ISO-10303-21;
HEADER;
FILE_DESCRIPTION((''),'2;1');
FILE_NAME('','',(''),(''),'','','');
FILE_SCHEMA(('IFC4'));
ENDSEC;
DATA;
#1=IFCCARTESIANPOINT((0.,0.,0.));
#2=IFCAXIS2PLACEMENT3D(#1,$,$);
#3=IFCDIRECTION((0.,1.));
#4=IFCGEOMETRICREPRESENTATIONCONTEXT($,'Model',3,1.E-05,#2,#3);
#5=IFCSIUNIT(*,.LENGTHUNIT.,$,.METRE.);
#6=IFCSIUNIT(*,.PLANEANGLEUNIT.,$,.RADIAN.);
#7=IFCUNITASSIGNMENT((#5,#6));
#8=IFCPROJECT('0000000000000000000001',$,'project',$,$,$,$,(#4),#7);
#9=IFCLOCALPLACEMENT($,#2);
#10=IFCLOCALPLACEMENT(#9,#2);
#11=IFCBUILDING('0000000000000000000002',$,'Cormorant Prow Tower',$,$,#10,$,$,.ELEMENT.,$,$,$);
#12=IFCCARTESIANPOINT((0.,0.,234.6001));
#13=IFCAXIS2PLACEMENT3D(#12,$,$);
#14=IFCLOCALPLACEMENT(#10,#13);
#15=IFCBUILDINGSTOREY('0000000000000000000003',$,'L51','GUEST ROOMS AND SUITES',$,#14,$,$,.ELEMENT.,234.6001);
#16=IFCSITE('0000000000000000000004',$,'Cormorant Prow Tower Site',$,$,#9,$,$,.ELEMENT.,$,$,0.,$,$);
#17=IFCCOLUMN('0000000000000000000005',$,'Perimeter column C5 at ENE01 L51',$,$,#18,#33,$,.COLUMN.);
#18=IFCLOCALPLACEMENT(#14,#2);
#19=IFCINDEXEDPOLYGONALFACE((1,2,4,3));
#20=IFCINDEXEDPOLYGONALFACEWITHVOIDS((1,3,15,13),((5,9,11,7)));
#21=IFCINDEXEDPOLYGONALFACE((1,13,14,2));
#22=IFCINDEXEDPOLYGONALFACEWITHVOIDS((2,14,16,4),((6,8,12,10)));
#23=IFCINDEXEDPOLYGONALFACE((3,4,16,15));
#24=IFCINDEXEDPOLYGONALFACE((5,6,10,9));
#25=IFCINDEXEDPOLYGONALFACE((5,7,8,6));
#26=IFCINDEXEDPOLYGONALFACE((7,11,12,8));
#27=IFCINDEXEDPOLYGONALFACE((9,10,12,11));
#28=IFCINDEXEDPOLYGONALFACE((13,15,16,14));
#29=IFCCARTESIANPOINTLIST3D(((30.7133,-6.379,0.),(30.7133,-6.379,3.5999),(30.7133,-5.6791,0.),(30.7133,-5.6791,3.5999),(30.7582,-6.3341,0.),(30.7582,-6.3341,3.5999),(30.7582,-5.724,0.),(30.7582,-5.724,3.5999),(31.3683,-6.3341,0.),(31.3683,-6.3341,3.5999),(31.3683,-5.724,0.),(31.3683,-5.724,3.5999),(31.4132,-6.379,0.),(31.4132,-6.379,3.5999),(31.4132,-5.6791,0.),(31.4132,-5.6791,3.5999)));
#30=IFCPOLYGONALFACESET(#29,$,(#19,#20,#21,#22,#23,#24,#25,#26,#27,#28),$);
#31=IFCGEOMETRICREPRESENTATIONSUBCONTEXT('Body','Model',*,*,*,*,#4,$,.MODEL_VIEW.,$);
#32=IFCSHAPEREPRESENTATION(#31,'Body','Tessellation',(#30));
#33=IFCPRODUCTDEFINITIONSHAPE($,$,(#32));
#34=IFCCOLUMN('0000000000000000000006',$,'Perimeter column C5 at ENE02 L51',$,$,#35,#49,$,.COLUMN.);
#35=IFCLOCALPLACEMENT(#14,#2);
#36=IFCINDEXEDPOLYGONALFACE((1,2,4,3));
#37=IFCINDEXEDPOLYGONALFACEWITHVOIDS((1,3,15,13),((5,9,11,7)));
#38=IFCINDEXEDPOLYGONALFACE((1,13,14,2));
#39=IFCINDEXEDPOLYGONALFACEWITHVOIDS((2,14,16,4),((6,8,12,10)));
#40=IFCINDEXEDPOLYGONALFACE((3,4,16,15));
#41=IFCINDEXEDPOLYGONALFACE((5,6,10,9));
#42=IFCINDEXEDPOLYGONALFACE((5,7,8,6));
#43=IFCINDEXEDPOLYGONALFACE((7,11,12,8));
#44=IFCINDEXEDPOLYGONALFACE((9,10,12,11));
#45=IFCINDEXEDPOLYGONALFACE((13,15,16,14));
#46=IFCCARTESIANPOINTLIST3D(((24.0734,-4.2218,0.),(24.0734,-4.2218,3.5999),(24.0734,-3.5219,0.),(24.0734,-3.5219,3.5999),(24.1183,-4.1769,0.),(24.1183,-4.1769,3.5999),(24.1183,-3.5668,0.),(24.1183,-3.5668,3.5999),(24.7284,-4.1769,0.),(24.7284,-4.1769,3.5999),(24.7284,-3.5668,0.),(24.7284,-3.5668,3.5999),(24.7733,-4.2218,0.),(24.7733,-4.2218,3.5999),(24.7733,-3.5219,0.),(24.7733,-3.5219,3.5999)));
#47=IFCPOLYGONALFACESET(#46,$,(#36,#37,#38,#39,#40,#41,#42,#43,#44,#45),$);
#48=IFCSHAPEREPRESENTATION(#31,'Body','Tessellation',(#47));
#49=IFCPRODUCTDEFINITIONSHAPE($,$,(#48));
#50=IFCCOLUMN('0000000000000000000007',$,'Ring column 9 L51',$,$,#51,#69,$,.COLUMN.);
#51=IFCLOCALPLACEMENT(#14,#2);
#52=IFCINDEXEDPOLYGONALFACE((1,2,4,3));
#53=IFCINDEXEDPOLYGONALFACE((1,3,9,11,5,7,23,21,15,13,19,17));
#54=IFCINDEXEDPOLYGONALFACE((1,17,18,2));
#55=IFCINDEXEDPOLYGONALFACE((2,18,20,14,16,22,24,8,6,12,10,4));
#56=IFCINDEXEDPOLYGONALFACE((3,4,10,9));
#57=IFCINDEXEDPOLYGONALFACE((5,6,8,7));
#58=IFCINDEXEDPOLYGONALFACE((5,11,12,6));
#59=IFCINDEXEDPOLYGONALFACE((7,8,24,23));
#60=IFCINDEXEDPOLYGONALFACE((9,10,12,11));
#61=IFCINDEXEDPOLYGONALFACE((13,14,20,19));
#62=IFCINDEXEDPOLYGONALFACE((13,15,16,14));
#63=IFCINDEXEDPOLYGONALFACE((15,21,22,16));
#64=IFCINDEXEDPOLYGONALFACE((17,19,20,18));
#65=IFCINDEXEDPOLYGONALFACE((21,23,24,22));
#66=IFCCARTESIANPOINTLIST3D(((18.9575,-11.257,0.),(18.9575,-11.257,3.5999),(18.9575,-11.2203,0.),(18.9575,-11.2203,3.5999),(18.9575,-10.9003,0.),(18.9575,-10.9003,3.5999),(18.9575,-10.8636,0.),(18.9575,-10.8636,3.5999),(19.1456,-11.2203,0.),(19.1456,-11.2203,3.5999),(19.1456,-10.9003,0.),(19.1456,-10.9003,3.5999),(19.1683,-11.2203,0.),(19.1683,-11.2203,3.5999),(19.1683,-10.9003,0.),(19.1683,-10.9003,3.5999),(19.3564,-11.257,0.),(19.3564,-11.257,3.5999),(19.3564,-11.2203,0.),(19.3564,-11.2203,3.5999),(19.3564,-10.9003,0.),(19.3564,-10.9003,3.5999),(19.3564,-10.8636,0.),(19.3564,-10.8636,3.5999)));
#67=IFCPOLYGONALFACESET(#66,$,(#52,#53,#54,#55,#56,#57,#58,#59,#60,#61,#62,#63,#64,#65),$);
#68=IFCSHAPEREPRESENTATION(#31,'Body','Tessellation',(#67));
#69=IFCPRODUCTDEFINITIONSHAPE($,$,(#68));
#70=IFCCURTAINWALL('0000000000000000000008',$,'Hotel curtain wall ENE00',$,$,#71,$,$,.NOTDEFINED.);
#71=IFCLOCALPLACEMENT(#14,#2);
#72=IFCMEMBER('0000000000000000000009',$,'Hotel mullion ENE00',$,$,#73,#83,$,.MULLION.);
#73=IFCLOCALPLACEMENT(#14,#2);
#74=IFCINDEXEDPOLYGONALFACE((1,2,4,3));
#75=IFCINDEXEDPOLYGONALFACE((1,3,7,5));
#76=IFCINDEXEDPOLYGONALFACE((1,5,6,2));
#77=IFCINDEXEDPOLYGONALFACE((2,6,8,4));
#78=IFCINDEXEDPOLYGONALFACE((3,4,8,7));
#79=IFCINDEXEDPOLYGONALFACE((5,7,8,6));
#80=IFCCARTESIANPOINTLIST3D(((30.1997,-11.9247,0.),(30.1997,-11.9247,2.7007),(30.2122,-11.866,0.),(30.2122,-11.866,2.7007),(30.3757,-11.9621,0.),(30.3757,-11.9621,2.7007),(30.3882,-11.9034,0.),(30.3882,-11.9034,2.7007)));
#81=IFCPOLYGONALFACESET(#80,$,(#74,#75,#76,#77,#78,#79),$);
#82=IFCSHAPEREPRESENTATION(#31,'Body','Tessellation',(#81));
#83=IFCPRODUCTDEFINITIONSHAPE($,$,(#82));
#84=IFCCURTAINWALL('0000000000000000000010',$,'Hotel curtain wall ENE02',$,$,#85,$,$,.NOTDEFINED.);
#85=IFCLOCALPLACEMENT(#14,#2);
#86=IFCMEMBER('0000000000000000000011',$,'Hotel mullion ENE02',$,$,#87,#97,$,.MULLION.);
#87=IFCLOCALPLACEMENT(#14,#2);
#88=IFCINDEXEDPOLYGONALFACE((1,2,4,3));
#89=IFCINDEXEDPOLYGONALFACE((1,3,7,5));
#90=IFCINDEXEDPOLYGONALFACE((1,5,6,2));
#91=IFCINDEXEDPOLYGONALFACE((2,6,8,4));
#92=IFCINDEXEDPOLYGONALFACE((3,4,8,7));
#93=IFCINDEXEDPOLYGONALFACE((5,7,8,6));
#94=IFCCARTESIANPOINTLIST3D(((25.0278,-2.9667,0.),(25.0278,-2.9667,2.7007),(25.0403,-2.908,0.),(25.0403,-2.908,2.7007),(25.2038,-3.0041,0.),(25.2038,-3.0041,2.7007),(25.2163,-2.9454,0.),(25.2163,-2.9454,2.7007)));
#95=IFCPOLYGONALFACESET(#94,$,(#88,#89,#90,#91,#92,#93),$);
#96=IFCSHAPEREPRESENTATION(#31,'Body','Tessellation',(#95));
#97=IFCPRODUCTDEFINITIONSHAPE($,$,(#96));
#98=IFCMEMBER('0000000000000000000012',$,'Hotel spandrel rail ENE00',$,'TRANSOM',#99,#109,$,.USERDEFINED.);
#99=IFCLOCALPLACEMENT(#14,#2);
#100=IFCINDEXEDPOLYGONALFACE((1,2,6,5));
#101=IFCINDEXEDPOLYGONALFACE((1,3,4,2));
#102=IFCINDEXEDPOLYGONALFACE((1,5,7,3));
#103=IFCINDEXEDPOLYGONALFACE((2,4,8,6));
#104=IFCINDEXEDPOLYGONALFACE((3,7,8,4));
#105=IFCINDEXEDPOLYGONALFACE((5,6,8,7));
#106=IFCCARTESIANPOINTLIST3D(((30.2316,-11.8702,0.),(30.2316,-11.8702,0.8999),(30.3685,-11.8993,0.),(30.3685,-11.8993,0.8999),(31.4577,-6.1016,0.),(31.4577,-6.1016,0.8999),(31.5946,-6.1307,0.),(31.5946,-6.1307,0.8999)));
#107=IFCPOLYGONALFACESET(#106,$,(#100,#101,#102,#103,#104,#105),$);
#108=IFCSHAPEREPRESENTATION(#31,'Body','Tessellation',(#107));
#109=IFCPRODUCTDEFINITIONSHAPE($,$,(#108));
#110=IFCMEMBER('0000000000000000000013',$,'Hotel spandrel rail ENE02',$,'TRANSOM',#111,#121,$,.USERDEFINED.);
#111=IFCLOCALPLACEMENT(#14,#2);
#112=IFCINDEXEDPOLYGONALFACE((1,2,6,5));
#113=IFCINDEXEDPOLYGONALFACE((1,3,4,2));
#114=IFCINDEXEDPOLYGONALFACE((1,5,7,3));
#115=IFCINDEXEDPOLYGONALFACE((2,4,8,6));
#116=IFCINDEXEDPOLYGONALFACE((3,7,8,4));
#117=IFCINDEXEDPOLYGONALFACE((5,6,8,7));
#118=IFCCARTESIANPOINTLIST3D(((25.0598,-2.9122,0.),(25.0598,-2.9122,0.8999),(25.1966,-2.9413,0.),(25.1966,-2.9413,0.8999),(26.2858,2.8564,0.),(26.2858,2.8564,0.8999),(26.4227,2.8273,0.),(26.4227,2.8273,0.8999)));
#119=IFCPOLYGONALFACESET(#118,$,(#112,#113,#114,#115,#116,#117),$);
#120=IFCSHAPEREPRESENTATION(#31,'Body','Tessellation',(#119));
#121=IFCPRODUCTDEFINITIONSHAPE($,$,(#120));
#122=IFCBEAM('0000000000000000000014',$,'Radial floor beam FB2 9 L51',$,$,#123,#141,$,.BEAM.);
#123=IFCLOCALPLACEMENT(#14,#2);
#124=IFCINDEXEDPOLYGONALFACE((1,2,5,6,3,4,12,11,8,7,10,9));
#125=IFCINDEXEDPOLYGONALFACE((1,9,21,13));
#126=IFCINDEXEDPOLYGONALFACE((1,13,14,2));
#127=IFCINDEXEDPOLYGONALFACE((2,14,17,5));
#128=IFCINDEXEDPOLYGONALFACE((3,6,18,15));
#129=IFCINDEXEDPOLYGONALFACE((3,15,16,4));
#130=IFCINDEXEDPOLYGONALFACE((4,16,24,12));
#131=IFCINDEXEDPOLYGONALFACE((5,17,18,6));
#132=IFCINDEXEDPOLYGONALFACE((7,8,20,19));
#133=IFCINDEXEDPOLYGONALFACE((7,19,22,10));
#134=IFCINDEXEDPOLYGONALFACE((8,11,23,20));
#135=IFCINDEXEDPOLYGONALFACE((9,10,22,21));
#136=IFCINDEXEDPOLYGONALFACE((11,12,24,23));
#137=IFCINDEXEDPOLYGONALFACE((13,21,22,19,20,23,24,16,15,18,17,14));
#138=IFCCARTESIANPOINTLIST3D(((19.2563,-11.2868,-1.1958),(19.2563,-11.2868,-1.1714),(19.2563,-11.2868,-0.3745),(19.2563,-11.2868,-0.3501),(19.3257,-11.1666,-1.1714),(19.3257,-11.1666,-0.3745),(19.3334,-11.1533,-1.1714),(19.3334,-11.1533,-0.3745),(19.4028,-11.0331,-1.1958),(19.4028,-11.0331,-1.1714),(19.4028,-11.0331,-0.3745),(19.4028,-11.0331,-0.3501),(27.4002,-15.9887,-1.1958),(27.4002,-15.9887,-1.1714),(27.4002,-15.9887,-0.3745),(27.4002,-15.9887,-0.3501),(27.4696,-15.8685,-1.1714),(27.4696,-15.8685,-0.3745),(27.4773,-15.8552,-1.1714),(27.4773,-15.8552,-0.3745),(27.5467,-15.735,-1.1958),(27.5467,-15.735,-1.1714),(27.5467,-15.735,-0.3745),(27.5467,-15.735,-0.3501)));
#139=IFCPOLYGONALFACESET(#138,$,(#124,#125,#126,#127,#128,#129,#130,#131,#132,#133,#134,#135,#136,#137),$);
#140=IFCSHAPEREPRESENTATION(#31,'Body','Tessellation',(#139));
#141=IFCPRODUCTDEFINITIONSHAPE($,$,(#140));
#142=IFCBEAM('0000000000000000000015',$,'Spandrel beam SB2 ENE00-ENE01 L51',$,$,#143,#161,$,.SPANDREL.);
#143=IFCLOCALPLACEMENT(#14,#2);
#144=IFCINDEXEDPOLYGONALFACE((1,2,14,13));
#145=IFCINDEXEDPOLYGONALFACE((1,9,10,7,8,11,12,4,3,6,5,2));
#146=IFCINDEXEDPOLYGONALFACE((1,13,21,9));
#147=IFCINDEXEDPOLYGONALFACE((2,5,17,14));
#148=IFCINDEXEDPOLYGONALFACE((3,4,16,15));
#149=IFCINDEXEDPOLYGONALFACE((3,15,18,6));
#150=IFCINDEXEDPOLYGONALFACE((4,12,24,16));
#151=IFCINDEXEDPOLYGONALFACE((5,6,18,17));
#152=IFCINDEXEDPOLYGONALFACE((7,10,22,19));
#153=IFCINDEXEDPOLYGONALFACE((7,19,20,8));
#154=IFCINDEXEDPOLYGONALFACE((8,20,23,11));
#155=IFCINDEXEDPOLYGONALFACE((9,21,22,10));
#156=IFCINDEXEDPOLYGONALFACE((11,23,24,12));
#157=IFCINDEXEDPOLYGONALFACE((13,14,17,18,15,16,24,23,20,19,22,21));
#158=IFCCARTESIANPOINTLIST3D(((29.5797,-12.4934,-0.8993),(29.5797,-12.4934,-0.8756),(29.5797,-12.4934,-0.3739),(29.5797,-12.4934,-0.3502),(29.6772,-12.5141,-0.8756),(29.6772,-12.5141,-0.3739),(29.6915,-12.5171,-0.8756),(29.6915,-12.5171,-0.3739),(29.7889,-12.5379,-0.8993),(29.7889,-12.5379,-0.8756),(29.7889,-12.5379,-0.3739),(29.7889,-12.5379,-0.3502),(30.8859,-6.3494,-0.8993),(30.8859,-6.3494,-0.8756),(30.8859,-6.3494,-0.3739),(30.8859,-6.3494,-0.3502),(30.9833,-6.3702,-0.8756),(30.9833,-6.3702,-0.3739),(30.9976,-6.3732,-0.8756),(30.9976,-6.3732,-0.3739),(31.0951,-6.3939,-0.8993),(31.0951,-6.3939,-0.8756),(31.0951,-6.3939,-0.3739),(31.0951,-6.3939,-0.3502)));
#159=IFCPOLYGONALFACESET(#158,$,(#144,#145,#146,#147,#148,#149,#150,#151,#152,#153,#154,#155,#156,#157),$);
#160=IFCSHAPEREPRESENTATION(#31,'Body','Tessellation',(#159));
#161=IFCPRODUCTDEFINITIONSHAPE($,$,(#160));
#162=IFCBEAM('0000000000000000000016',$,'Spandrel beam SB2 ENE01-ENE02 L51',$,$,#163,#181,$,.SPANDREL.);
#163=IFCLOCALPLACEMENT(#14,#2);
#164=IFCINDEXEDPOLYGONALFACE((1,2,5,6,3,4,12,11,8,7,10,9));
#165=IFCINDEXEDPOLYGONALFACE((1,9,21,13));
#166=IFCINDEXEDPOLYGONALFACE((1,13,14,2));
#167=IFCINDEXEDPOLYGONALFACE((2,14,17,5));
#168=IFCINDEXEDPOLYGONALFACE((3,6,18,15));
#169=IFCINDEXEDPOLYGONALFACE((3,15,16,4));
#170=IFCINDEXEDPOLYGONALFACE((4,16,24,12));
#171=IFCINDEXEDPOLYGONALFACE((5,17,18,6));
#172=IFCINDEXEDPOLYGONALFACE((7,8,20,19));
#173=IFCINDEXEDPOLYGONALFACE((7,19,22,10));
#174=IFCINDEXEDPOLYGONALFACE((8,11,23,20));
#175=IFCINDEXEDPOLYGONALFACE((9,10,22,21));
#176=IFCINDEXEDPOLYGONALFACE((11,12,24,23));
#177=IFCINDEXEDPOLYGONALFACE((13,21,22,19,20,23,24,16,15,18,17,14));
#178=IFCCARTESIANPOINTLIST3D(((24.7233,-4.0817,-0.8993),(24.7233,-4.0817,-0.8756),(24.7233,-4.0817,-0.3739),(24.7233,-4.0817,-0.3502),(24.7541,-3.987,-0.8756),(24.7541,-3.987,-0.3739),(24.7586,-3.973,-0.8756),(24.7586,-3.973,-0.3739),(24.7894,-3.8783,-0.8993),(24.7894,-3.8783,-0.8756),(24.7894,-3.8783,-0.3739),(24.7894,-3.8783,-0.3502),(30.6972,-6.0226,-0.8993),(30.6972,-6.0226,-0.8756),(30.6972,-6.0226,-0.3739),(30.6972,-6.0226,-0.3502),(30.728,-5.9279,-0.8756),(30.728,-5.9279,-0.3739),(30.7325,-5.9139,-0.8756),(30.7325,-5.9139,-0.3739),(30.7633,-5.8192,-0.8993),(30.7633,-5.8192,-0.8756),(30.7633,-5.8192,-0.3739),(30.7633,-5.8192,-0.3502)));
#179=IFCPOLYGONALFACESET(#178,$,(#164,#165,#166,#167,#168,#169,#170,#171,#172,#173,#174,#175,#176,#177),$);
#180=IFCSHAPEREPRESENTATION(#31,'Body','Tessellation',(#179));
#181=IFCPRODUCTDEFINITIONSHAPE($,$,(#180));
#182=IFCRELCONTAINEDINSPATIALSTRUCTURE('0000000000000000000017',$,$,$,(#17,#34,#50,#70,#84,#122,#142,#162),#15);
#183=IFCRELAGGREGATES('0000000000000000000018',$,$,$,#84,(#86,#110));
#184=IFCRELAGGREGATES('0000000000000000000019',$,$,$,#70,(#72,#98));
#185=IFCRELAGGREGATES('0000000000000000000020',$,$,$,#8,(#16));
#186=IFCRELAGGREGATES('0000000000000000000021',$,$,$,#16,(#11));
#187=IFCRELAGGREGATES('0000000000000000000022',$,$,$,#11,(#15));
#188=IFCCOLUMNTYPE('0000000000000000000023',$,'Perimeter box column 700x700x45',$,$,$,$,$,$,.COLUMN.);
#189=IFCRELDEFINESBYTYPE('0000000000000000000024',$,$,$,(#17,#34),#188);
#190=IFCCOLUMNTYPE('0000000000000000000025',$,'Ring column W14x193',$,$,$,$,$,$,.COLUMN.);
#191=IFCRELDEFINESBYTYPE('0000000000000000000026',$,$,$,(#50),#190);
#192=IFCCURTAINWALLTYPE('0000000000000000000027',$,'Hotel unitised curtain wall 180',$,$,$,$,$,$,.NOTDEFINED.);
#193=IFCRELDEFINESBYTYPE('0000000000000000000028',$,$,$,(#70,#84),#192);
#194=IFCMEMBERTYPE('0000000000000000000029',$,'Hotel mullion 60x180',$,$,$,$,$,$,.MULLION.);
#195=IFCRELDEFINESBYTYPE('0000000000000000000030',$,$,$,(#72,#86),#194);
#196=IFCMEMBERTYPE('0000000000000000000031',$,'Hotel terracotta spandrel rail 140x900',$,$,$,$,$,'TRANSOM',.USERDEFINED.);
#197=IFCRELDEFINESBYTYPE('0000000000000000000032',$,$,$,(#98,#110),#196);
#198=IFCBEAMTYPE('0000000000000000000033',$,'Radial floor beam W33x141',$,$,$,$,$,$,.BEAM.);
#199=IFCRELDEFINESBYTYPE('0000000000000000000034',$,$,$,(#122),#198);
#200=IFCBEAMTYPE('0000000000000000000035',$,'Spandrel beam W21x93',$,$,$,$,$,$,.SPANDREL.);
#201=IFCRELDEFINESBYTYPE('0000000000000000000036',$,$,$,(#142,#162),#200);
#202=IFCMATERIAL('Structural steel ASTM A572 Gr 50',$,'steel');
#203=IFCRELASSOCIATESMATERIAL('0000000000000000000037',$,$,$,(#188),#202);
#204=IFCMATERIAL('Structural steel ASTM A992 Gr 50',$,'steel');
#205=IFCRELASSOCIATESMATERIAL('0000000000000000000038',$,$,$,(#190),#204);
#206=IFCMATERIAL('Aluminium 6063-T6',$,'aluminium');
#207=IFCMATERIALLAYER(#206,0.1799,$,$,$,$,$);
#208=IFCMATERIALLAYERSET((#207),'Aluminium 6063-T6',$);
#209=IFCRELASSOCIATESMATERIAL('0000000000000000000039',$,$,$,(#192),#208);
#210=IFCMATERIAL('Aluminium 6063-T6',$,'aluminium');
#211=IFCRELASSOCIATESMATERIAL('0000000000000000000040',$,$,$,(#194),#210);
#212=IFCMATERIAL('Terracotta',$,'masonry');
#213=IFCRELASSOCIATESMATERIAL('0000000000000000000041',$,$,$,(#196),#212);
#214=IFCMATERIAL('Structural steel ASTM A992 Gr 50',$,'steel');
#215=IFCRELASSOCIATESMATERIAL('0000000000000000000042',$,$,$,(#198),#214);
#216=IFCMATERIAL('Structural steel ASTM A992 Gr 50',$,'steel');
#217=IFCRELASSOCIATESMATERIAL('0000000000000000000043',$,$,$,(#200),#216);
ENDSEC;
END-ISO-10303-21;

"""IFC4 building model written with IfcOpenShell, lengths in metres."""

from ifc_helpers import new_model, si_unit, direction, frame, origin, origin_2d, place, context, subcontext, project, spatial, rectangle, hollow_rectangle, i_section, extrude, material, layer, layer_set, material_profile, profile_set, type_object, element, aggregate, save


model = new_model("IFC4")

# Units and contexts
model_context = context("Model", 3, precision=1e-05, world=origin(), true_north=direction((0.0, 1.0)))
body_context = subcontext(model_context, "Body", "Model", "MODEL_VIEW")
ifc_project = project(units=[si_unit("LENGTHUNIT", "METRE"), si_unit("PLANEANGLEUNIT", "RADIAN")], contexts=[model_context])

# Site, building, storey
site_placement = place(None, origin())
site = spatial("IfcSite", under=ifc_project, at=site_placement, Name="Cormorant Prow Tower Site", CompositionType="ELEMENT", RefElevation=0.0)
building_placement = place(site_placement, origin())
building = spatial("IfcBuilding", under=site, at=building_placement, Name="Cormorant Prow Tower", CompositionType="ELEMENT")
storey_placement = place(building_placement, frame((0.0, 0.0, 234.6001)))
storey = spatial("IfcBuildingStorey", under=building, at=storey_placement, Name="L51", Description="GUEST ROOMS AND SUITES", CompositionType="ELEMENT", Elevation=234.6001)

# Columns
ifc_material_1 = material(Name="Structural steel ASTM A572 Gr 50", Category="steel")
ifc_material_profile_1 = material_profile(ifc_material_1, hollow_rectangle(XDim=0.7, YDim=0.7, WallThickness=0.0449, at=origin_2d()), Name="Box 700x700x45")
ifc_profile_set_1 = profile_set([ifc_material_profile_1], Name="Structural steel ASTM A572 Gr 50")
column_type_1 = type_object("IfcColumnType", Name="Perimeter box column 700x700x45", PredefinedType="COLUMN", material=ifc_profile_set_1)
for number, where, z_axis, x_axis, name in (
    (1, (31.0632, -6.0291, 0.0), (0.0, 0.0, 1.0), (1.0, 0.0, 0.0), "Perimeter column C5 at ENE01 L51"),
    (2, (24.4233, -3.8718, 0.0), (0.0, 0.0, 1.0), (1.0, 0.0, 0.0), "Perimeter column C5 at ENE02 L51"),
):
    element("IfcColumn", number, at=place(storey_placement, frame(where, z_axis=z_axis, x_axis=x_axis)), inside=storey, type_object=column_type_1, Name=name, PredefinedType="COLUMN", context=body_context, shape_type="SweptSolid", body=[
        extrude(hollow_rectangle(XDim=0.7, YDim=0.7, WallThickness=0.0449, at=origin_2d()), origin(), (0.0, 0.0, 1.0), 3.5999),
    ])
ifc_material_2 = material(Name="Structural steel ASTM A992 Gr 50", Category="steel")
ifc_material_profile_2 = material_profile(ifc_material_2, i_section(OverallWidth=0.3989, OverallDepth=0.3933, WebThickness=0.0227, FlangeThickness=0.0366, at=origin_2d()), Name="W14x193")
ifc_profile_set_2 = profile_set([ifc_material_profile_2], Name="Structural steel ASTM A992 Gr 50")
column_type_2 = type_object("IfcColumnType", Name="Ring column W14x193", PredefinedType="COLUMN", material=ifc_profile_set_2)
column_placement = place(storey_placement, frame((19.157, -11.0603, 0.0), z_axis=(0.0, 0.0, 1.0), x_axis=(1.0, 0.0, 0.0)))
element("IfcColumn", 3, at=column_placement, inside=storey, type_object=column_type_2, Name="Ring column 9 L51", PredefinedType="COLUMN", context=body_context, shape_type="SweptSolid", body=[
    extrude(i_section(OverallWidth=0.3989, OverallDepth=0.3933, WebThickness=0.0227, FlangeThickness=0.0366, at=origin_2d()), origin(), (0.0, 0.0, 1.0), 3.5999),
])

# Curtain walls, members
ifc_material_3 = material(Name="Aluminium 6063-T6", Category="aluminium")
ifc_layer_1 = layer(ifc_material_3, 0.1799)
ifc_layer_set_1 = layer_set([ifc_layer_1], Name="Aluminium 6063-T6")
curtain_wall_type = type_object("IfcCurtainWallType", Name="Hotel unitised curtain wall 180", PredefinedType="NOTDEFINED", material=ifc_layer_set_1)
curtain_wall_1_placement = place(storey_placement, origin())
curtain_wall_1 = element("IfcCurtainWall", 4, at=curtain_wall_1_placement, inside=storey, type_object=curtain_wall_type, Name="Hotel curtain wall ENE00", PredefinedType="NOTDEFINED")
ifc_material_4 = material(Name="Aluminium 6063-T6", Category="aluminium")
ifc_material_profile_3 = material_profile(ifc_material_4, rectangle(XDim=0.1799, YDim=0.0601, at=origin_2d()), Name="Hotel mullion 60x180")
ifc_profile_set_3 = profile_set([ifc_material_profile_3], Name="Aluminium 6063-T6")
member_type_1 = type_object("IfcMemberType", Name="Hotel mullion 60x180", PredefinedType="MULLION", material=ifc_profile_set_3)
member_1_placement = place(storey_placement, frame((30.2939, -11.9141, 0.0), z_axis=(0.0, 0.0, 1.0), x_axis=(-0.978148, 0.207912, 0.0)))
member_1 = element("IfcMember", 5, at=member_1_placement, type_object=member_type_1, Name="Hotel mullion ENE00", PredefinedType="MULLION", context=body_context, shape_type="SweptSolid", body=[
    extrude(rectangle(XDim=0.1799, YDim=0.0601, at=origin_2d()), origin(), (0.0, 0.0, 1.0), 2.7007),
])
curtain_wall_2_placement = place(storey_placement, origin())
curtain_wall_2 = element("IfcCurtainWall", 6, at=curtain_wall_2_placement, inside=storey, type_object=curtain_wall_type, Name="Hotel curtain wall ENE02", PredefinedType="NOTDEFINED")
member_2_placement = place(storey_placement, frame((25.1221, -2.9561, 0.0), z_axis=(0.0, 0.0, 1.0), x_axis=(-0.978148, 0.207912, 0.0)))
member_2 = element("IfcMember", 7, at=member_2_placement, type_object=member_type_1, Name="Hotel mullion ENE02", PredefinedType="MULLION", context=body_context, shape_type="SweptSolid", body=[
    extrude(rectangle(XDim=0.1799, YDim=0.0601, at=origin_2d()), origin(), (0.0, 0.0, 1.0), 2.7007),
])

# Members
ifc_material_5 = material(Name="Terracotta", Category="masonry")
ifc_material_profile_4 = material_profile(ifc_material_5, rectangle(XDim=0.1399, YDim=0.8999, at=origin_2d()), Name="Hotel terracotta spandrel rail 140x900")
ifc_profile_set_4 = profile_set([ifc_material_profile_4], Name="Terracotta")
member_type_2 = type_object("IfcMemberType", Name="Hotel terracotta spandrel rail 140x900", ElementType="TRANSOM", PredefinedType="USERDEFINED", material=ifc_profile_set_4)
member_3_placement = place(storey_placement, frame((30.3, -11.8848, 0.45), z_axis=(0.2079, 0.97815, 0.0), x_axis=(-0.97815, 0.2079, 0.0)))
member_3 = element("IfcMember", 8, at=member_3_placement, type_object=member_type_2, Name="Hotel spandrel rail ENE00", ObjectType="TRANSOM", PredefinedType="USERDEFINED", context=body_context, shape_type="SweptSolid", body=[
    extrude(rectangle(XDim=0.1399, YDim=0.8999, at=origin_2d()), origin(), (0.0, 0.0, 1.0), 5.8975),
])
member_4_placement = place(storey_placement, frame((25.1282, -2.9268, 0.45), z_axis=(0.2079, 0.97815, 0.0), x_axis=(-0.97815, 0.2079, 0.0)))
member_4 = element("IfcMember", 9, at=member_4_placement, type_object=member_type_2, Name="Hotel spandrel rail ENE02", ObjectType="TRANSOM", PredefinedType="USERDEFINED", context=body_context, shape_type="SweptSolid", body=[
    extrude(rectangle(XDim=0.1399, YDim=0.8999, at=origin_2d()), origin(), (0.0, 0.0, 1.0), 5.8975),
])
aggregate(curtain_wall_2, [member_2, member_4])

# Beams
ifc_material_6 = material(Name="Structural steel ASTM A992 Gr 50", Category="steel")
ifc_material_profile_5 = material_profile(ifc_material_6, i_section(OverallWidth=0.293, OverallDepth=0.8457, WebThickness=0.0154, FlangeThickness=0.0244, at=origin_2d()), Name="W33x141")
ifc_profile_set_5 = profile_set([ifc_material_profile_5], Name="Structural steel ASTM A992 Gr 50")
beam_type_1 = type_object("IfcBeamType", Name="Radial floor beam W33x141", PredefinedType="BEAM", material=ifc_profile_set_5)
beam_placement = place(storey_placement, frame((19.3296, -11.1599, -0.7729), z_axis=(0.866022, -0.500006, 0.0), x_axis=(0.500006, 0.866022, 0.0)))
element("IfcBeam", 10, at=beam_placement, inside=storey, type_object=beam_type_1, Name="Radial floor beam FB2 9 L51", PredefinedType="BEAM", context=body_context, shape_type="SweptSolid", body=[
    extrude(i_section(OverallWidth=0.293, OverallDepth=0.8457, WebThickness=0.0154, FlangeThickness=0.0244, at=origin_2d()), origin(), (0.0, 0.0, 1.0), 9.4038),
])
ifc_material_7 = material(Name="Structural steel ASTM A992 Gr 50", Category="steel")
ifc_material_profile_6 = material_profile(ifc_material_7, i_section(OverallWidth=0.2139, OverallDepth=0.5491, WebThickness=0.0146, FlangeThickness=0.0237, at=origin_2d()), Name="W21x93")
ifc_profile_set_6 = profile_set([ifc_material_profile_6], Name="Structural steel ASTM A992 Gr 50")
beam_type_2 = type_object("IfcBeamType", Name="Spandrel beam W21x93", PredefinedType="SPANDREL", material=ifc_profile_set_6)
for number, where, z_axis, x_axis, name in (
    (11, (29.6843, -12.5156, -0.6248), (0.207941, 0.978141, 0.0), (-0.978141, 0.207941, 0.0), "Spandrel beam SB2 ENE00-ENE01 L51"),
    (12, (30.7302, -5.9209, -0.6248), (-0.951062, 0.309001, 0.0), (-0.309001, -0.951062, 0.0), "Spandrel beam SB2 ENE01-ENE02 L51"),
):
    element("IfcBeam", number, at=place(storey_placement, frame(where, z_axis=z_axis, x_axis=x_axis)), inside=storey, type_object=beam_type_2, Name=name, PredefinedType="SPANDREL", context=body_context, shape_type="SweptSolid", body=[
        extrude(i_section(OverallWidth=0.2139, OverallDepth=0.5491, WebThickness=0.0146, FlangeThickness=0.0237, at=origin_2d()), origin(), (0.0, 0.0, 1.0), 6.2812),
    ])

aggregate(curtain_wall_1, [member_1, member_3])

save(model, "model.ifc")
